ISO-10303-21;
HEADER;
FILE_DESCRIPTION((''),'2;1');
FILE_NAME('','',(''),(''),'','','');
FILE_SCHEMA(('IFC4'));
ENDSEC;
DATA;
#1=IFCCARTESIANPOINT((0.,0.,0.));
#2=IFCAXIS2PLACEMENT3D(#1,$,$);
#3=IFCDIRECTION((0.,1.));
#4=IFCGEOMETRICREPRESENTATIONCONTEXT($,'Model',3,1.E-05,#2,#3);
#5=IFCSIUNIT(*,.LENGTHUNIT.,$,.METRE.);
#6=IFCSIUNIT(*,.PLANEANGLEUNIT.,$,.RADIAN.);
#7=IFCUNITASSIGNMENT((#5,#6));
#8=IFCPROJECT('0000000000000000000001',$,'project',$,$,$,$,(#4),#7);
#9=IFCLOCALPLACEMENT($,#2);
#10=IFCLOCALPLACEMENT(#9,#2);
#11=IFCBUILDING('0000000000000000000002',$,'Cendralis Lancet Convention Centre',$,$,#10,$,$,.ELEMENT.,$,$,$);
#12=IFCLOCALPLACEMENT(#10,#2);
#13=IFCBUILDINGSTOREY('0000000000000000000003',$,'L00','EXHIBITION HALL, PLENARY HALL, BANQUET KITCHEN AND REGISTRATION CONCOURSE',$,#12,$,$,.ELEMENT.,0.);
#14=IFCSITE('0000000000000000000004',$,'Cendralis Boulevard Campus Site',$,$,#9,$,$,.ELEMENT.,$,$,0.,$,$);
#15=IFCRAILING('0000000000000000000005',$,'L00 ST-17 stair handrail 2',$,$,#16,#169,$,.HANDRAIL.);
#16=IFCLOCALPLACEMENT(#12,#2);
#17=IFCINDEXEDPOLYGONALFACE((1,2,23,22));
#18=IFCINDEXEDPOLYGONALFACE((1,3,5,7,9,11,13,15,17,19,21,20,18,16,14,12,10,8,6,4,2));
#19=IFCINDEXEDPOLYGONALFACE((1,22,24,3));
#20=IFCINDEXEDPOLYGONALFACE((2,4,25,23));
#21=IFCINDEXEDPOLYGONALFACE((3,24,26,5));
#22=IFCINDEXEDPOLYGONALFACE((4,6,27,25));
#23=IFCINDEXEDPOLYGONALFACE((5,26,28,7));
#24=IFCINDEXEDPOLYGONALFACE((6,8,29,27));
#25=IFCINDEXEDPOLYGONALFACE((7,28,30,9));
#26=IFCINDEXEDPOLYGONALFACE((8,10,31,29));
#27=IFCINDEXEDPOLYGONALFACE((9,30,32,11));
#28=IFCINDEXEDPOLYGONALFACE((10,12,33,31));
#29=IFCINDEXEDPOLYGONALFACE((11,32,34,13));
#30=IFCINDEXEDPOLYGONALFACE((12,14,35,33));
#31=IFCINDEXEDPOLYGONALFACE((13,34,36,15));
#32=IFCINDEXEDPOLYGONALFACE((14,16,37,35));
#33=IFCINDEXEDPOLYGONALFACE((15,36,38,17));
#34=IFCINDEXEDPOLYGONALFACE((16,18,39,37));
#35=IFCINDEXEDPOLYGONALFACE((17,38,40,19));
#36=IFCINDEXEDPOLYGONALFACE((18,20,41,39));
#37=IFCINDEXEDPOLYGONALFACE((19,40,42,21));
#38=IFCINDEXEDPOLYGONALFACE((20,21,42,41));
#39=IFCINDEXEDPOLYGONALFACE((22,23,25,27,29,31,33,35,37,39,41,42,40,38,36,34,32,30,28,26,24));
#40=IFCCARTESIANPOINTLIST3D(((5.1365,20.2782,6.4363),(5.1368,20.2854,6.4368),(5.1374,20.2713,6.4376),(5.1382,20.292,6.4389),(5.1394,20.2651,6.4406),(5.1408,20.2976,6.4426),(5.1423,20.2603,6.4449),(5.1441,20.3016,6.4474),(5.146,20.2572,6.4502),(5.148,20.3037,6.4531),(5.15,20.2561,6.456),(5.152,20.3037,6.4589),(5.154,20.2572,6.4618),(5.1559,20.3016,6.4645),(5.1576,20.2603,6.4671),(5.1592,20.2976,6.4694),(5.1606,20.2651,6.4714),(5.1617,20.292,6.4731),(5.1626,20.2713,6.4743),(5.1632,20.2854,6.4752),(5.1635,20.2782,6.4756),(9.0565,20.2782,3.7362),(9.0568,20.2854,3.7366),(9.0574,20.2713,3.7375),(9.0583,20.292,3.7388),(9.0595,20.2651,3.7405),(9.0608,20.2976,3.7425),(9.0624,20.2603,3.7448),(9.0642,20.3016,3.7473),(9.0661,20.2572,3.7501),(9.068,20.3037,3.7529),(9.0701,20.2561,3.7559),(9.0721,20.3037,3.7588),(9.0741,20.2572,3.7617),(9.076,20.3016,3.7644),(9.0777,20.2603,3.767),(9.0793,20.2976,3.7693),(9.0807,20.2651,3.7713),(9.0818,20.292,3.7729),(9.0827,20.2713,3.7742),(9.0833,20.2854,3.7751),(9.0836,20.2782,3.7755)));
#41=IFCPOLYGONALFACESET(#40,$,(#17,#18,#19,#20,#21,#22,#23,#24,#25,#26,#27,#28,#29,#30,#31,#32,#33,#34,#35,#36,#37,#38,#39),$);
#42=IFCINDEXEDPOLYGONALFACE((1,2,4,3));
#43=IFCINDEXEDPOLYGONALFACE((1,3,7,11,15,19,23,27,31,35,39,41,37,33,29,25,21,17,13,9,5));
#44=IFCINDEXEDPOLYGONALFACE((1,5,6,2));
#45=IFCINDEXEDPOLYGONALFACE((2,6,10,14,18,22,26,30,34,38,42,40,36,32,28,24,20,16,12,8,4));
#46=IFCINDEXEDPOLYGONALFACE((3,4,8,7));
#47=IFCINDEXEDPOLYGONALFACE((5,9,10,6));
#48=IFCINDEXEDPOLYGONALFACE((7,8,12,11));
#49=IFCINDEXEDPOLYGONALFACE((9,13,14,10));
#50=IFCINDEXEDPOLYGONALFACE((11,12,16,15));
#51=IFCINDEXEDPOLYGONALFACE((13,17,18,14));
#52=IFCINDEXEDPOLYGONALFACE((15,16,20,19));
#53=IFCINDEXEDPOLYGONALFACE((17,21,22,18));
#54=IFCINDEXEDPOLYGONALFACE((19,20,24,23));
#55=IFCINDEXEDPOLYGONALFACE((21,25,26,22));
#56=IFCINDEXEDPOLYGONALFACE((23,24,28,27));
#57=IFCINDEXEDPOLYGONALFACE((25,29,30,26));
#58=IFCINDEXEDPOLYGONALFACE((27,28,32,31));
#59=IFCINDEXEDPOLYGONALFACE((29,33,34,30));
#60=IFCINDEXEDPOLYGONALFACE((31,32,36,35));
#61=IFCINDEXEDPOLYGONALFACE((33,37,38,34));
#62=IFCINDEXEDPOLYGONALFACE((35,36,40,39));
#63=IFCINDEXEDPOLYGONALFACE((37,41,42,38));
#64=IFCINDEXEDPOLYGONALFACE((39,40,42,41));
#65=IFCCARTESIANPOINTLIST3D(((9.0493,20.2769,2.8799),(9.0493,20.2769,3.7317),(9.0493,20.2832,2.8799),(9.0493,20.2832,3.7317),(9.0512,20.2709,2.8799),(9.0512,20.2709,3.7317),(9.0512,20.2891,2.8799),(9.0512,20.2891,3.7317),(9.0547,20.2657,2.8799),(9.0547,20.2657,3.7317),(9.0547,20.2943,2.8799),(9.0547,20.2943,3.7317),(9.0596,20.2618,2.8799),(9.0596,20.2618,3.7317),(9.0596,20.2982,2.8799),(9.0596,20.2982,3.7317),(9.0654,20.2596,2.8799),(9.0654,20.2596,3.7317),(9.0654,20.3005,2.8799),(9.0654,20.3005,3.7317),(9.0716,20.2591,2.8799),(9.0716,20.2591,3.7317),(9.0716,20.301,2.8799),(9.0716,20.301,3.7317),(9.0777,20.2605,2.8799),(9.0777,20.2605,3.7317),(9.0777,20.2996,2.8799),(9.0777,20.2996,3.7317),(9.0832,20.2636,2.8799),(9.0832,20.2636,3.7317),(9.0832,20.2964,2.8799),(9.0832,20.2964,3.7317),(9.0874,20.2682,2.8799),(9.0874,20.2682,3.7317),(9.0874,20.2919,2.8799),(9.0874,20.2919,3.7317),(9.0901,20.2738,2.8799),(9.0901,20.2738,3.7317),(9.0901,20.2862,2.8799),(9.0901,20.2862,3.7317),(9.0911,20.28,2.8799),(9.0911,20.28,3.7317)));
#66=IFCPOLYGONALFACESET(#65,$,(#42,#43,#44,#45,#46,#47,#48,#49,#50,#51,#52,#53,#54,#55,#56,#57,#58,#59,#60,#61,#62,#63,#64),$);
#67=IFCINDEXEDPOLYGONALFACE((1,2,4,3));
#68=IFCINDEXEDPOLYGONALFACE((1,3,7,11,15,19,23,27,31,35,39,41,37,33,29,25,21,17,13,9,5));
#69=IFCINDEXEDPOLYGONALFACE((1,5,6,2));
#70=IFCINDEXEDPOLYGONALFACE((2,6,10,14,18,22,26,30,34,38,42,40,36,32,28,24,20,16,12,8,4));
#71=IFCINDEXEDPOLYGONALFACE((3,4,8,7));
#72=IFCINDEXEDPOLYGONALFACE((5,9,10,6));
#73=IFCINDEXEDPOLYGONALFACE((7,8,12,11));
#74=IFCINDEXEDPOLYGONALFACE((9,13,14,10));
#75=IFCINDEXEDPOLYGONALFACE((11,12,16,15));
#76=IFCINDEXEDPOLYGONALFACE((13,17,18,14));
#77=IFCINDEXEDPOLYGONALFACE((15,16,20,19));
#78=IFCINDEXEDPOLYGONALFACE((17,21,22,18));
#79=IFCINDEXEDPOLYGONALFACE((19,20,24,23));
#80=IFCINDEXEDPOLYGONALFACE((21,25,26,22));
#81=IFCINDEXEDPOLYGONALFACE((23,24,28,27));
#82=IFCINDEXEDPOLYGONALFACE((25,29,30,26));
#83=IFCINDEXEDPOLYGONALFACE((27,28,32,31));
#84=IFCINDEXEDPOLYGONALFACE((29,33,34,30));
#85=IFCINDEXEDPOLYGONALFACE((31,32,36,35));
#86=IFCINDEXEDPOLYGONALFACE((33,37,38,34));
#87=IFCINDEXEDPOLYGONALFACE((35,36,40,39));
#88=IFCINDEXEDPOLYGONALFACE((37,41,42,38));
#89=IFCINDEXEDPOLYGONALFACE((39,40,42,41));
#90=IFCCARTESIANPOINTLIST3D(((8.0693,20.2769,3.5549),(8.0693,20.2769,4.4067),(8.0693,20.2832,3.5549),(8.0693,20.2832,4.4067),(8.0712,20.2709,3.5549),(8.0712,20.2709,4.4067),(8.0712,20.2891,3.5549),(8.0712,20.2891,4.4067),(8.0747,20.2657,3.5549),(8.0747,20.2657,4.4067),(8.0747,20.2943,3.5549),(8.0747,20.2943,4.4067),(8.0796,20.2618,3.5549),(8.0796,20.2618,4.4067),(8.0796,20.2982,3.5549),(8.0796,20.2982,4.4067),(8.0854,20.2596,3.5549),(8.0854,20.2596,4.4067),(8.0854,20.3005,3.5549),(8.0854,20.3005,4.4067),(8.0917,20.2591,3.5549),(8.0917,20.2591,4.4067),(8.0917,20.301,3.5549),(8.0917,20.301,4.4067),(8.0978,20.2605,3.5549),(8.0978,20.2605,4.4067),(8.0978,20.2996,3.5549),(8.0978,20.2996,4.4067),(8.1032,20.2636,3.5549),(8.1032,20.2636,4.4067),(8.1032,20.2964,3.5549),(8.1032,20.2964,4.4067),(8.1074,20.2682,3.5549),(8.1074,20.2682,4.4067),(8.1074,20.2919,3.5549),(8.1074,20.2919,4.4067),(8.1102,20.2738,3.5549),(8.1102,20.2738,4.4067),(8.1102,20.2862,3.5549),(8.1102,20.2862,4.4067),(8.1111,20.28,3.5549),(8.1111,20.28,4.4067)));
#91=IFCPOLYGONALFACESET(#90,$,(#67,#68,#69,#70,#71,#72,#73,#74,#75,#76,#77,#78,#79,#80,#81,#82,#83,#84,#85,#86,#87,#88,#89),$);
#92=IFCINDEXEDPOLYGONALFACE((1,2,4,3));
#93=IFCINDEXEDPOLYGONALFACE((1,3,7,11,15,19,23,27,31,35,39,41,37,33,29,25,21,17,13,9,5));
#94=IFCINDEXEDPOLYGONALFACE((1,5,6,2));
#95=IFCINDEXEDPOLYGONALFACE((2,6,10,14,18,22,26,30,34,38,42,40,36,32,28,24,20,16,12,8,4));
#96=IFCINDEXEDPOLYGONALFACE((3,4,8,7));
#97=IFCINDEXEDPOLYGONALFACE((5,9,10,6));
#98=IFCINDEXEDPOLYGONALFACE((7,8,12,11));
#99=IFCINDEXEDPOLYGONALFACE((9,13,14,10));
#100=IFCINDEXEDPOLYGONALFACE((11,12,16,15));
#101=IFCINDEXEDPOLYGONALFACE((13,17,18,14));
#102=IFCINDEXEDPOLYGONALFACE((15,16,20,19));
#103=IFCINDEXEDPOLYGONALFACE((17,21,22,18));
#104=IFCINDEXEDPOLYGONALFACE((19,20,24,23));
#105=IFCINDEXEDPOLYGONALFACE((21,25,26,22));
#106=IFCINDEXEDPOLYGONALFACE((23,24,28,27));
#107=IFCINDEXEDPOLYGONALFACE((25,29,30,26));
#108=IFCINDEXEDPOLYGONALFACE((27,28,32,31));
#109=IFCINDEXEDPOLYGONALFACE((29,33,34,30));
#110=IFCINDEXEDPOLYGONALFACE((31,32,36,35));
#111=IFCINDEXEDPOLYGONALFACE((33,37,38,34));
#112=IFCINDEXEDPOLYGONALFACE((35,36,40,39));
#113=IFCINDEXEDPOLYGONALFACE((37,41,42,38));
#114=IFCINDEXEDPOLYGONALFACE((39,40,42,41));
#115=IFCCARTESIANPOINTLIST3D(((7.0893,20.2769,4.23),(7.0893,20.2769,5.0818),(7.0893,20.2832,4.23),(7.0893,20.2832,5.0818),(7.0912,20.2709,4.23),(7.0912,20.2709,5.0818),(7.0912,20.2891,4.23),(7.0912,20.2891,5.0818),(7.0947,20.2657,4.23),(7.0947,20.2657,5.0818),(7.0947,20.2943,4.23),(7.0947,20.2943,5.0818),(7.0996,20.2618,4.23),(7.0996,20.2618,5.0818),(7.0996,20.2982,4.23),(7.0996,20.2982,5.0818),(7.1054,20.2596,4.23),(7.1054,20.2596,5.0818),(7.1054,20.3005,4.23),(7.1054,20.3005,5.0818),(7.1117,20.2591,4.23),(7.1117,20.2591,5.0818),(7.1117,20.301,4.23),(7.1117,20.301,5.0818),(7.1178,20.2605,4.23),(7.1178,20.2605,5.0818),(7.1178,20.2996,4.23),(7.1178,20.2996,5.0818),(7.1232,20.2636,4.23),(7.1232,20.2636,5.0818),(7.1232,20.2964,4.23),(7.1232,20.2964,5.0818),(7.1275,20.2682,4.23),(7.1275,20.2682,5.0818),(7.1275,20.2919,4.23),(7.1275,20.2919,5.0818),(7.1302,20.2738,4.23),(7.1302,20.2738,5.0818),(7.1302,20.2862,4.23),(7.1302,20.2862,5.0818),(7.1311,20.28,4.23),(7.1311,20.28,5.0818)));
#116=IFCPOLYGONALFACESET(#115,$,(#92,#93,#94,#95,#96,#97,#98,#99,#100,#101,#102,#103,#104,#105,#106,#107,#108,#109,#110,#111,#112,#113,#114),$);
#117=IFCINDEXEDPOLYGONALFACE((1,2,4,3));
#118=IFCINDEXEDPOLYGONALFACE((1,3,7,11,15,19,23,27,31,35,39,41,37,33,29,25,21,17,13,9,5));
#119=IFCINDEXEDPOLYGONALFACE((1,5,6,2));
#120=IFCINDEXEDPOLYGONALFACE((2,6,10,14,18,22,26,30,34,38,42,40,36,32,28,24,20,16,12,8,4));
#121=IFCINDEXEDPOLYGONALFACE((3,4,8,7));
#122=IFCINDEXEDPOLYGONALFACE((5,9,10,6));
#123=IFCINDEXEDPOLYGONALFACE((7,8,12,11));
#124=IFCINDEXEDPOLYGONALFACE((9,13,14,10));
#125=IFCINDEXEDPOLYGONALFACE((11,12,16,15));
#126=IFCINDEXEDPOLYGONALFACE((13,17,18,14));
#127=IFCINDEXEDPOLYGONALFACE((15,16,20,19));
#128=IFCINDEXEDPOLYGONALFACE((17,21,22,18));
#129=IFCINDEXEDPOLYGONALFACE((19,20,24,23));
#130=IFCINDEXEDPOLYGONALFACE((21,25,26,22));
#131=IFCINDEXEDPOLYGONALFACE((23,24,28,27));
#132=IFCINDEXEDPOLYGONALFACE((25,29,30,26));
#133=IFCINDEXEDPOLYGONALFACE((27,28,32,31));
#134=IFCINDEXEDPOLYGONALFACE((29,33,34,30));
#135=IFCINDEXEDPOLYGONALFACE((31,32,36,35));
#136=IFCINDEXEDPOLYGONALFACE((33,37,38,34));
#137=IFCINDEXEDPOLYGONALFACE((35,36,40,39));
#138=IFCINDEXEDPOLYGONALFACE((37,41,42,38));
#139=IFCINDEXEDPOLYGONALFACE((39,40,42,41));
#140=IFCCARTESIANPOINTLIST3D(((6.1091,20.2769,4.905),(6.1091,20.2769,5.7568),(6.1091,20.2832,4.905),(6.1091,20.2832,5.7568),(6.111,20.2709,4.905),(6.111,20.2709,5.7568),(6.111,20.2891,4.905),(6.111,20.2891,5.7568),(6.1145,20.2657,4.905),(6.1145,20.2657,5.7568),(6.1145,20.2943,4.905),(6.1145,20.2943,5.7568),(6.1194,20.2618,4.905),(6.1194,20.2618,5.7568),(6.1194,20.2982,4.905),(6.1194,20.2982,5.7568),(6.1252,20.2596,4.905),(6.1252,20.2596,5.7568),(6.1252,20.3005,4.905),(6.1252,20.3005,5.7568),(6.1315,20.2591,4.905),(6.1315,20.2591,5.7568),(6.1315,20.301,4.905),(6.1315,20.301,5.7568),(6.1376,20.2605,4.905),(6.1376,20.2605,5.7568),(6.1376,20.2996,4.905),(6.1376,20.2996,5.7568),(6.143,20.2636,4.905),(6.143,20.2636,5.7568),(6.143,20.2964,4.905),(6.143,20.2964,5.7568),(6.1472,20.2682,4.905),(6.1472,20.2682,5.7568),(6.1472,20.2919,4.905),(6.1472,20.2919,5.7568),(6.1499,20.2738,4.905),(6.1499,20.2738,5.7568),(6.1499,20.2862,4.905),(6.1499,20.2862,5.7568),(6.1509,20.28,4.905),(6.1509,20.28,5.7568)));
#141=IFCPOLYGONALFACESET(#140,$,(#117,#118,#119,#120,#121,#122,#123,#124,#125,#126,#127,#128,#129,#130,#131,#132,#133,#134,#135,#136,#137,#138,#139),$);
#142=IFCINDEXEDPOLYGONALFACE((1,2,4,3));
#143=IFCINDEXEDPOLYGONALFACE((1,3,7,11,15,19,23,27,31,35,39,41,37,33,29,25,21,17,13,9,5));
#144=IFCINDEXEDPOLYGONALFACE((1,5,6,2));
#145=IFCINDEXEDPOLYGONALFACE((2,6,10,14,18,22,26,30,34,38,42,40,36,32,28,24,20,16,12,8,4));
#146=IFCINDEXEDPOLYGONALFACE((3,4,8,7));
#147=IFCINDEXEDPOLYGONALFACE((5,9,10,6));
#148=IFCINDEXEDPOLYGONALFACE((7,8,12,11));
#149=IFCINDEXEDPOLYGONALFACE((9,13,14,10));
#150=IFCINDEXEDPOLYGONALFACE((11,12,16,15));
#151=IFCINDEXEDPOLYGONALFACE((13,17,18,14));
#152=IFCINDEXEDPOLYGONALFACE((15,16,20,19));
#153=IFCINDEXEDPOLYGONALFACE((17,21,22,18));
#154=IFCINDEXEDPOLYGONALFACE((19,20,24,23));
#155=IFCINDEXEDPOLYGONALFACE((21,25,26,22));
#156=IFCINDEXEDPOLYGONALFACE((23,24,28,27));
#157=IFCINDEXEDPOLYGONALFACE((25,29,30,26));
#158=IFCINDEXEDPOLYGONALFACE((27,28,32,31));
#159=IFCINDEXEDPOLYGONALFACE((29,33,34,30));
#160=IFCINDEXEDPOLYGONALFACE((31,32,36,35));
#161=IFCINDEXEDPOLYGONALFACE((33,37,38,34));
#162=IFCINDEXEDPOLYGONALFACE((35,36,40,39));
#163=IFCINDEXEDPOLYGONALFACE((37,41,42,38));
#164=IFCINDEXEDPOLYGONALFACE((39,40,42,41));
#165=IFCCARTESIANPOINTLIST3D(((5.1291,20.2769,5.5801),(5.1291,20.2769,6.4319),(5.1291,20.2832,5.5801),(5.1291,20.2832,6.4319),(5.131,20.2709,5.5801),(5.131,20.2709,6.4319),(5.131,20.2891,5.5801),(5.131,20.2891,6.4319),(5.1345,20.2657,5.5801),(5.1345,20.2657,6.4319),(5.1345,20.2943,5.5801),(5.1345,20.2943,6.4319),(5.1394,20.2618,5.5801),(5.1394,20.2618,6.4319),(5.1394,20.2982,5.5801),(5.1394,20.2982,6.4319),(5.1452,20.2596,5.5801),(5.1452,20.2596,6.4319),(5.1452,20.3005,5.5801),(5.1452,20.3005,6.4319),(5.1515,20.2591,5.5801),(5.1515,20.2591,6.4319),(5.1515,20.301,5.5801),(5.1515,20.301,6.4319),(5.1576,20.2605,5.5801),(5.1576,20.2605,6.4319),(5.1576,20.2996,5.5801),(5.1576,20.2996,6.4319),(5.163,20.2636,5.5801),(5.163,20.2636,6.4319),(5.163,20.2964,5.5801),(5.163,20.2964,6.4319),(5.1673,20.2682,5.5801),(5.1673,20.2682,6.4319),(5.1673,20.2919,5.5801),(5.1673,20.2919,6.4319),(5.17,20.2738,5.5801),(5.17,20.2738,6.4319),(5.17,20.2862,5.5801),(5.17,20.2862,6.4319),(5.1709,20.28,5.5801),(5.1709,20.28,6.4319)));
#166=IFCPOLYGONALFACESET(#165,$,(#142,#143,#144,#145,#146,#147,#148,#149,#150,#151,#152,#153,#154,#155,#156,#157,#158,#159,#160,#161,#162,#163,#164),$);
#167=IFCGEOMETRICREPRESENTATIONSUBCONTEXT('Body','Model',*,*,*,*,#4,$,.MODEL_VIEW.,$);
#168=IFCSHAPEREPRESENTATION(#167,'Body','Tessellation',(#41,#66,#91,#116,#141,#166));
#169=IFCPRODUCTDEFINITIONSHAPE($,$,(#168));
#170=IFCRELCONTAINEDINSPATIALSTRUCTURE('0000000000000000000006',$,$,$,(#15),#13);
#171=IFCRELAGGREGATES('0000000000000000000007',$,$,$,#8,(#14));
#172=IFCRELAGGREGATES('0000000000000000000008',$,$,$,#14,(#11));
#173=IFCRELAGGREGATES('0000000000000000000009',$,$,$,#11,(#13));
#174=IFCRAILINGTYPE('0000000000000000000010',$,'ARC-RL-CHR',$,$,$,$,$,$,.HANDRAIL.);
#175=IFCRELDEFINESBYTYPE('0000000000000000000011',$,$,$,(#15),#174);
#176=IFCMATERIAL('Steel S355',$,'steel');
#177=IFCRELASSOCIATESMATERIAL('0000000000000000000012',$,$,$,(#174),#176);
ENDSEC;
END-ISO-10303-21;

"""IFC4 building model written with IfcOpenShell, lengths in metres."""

from ifc_helpers import new_model, si_unit, direction, frame, origin, origin_2d, place, context, subcontext, project, spatial, circle, extrude, material, type_object, element, save


model = new_model("IFC4")

# Units and contexts
model_context = context("Model", 3, precision=1e-05, world=origin(), true_north=direction((0.0, 1.0)))
body_context = subcontext(model_context, "Body", "Model", "MODEL_VIEW")
ifc_project = project(units=[si_unit("LENGTHUNIT", "METRE"), si_unit("PLANEANGLEUNIT", "RADIAN")], contexts=[model_context])

# Site, building, storey
site_placement = place(None, origin())
site = spatial("IfcSite", under=ifc_project, at=site_placement, Name="Cendralis Boulevard Campus Site", CompositionType="ELEMENT", RefElevation=0.0)
building_placement = place(site_placement, origin())
building = spatial("IfcBuilding", under=site, at=building_placement, Name="Cendralis Lancet Convention Centre", CompositionType="ELEMENT")
storey_placement = place(building_placement, origin())
storey = spatial("IfcBuildingStorey", under=building, at=storey_placement, Name="L00", Description="EXHIBITION HALL, PLENARY HALL, BANQUET KITCHEN AND REGISTRATION CONCOURSE", CompositionType="ELEMENT", Elevation=0.0)

# Shared definitions
ifc_material_1 = material(Name="Steel S355", Category="steel")

# Railing
railing_type_1 = type_object("IfcRailingType", Name="ARC-RL-CHR", PredefinedType="HANDRAIL", material=ifc_material_1)
railing_1_placement = place(storey_placement, frame((9.0701, 20.28, 2.8799)))
element("IfcRailing", 1, at=railing_1_placement, inside=storey, type_object=railing_type_1, Name="L00 ST-17 stair handrail 2", PredefinedType="HANDRAIL", context=body_context, shape_type="SweptSolid", body=[
    extrude(circle(Radius=0.0239, at=origin_2d()), frame((0.0, 0.0, 0.876), z_axis=(-0.823543, 0.0, 0.567253), x_axis=(0.0, -1.0, 0.0)), (0.0, 0.0, 1.0), 4.76),
    extrude(circle(Radius=0.021, at=origin_2d()), origin(), (0.0, 0.0, 1.0), 0.8518),
    extrude(circle(Radius=0.021, at=origin_2d()), frame((-0.98, 0.0, 0.675)), (0.0, 0.0, 1.0), 0.8518),
    extrude(circle(Radius=0.021, at=origin_2d()), frame((-1.96, 0.0, 1.3501)), (0.0, 0.0, 1.0), 0.8518),
    extrude(circle(Radius=0.021, at=origin_2d()), frame((-2.9402, 0.0, 2.0251)), (0.0, 0.0, 1.0), 0.8518),
    extrude(circle(Radius=0.021, at=origin_2d()), frame((-3.9202, 0.0, 2.7002)), (0.0, 0.0, 1.0), 0.8518),
])

save(model, "model.ifc")
